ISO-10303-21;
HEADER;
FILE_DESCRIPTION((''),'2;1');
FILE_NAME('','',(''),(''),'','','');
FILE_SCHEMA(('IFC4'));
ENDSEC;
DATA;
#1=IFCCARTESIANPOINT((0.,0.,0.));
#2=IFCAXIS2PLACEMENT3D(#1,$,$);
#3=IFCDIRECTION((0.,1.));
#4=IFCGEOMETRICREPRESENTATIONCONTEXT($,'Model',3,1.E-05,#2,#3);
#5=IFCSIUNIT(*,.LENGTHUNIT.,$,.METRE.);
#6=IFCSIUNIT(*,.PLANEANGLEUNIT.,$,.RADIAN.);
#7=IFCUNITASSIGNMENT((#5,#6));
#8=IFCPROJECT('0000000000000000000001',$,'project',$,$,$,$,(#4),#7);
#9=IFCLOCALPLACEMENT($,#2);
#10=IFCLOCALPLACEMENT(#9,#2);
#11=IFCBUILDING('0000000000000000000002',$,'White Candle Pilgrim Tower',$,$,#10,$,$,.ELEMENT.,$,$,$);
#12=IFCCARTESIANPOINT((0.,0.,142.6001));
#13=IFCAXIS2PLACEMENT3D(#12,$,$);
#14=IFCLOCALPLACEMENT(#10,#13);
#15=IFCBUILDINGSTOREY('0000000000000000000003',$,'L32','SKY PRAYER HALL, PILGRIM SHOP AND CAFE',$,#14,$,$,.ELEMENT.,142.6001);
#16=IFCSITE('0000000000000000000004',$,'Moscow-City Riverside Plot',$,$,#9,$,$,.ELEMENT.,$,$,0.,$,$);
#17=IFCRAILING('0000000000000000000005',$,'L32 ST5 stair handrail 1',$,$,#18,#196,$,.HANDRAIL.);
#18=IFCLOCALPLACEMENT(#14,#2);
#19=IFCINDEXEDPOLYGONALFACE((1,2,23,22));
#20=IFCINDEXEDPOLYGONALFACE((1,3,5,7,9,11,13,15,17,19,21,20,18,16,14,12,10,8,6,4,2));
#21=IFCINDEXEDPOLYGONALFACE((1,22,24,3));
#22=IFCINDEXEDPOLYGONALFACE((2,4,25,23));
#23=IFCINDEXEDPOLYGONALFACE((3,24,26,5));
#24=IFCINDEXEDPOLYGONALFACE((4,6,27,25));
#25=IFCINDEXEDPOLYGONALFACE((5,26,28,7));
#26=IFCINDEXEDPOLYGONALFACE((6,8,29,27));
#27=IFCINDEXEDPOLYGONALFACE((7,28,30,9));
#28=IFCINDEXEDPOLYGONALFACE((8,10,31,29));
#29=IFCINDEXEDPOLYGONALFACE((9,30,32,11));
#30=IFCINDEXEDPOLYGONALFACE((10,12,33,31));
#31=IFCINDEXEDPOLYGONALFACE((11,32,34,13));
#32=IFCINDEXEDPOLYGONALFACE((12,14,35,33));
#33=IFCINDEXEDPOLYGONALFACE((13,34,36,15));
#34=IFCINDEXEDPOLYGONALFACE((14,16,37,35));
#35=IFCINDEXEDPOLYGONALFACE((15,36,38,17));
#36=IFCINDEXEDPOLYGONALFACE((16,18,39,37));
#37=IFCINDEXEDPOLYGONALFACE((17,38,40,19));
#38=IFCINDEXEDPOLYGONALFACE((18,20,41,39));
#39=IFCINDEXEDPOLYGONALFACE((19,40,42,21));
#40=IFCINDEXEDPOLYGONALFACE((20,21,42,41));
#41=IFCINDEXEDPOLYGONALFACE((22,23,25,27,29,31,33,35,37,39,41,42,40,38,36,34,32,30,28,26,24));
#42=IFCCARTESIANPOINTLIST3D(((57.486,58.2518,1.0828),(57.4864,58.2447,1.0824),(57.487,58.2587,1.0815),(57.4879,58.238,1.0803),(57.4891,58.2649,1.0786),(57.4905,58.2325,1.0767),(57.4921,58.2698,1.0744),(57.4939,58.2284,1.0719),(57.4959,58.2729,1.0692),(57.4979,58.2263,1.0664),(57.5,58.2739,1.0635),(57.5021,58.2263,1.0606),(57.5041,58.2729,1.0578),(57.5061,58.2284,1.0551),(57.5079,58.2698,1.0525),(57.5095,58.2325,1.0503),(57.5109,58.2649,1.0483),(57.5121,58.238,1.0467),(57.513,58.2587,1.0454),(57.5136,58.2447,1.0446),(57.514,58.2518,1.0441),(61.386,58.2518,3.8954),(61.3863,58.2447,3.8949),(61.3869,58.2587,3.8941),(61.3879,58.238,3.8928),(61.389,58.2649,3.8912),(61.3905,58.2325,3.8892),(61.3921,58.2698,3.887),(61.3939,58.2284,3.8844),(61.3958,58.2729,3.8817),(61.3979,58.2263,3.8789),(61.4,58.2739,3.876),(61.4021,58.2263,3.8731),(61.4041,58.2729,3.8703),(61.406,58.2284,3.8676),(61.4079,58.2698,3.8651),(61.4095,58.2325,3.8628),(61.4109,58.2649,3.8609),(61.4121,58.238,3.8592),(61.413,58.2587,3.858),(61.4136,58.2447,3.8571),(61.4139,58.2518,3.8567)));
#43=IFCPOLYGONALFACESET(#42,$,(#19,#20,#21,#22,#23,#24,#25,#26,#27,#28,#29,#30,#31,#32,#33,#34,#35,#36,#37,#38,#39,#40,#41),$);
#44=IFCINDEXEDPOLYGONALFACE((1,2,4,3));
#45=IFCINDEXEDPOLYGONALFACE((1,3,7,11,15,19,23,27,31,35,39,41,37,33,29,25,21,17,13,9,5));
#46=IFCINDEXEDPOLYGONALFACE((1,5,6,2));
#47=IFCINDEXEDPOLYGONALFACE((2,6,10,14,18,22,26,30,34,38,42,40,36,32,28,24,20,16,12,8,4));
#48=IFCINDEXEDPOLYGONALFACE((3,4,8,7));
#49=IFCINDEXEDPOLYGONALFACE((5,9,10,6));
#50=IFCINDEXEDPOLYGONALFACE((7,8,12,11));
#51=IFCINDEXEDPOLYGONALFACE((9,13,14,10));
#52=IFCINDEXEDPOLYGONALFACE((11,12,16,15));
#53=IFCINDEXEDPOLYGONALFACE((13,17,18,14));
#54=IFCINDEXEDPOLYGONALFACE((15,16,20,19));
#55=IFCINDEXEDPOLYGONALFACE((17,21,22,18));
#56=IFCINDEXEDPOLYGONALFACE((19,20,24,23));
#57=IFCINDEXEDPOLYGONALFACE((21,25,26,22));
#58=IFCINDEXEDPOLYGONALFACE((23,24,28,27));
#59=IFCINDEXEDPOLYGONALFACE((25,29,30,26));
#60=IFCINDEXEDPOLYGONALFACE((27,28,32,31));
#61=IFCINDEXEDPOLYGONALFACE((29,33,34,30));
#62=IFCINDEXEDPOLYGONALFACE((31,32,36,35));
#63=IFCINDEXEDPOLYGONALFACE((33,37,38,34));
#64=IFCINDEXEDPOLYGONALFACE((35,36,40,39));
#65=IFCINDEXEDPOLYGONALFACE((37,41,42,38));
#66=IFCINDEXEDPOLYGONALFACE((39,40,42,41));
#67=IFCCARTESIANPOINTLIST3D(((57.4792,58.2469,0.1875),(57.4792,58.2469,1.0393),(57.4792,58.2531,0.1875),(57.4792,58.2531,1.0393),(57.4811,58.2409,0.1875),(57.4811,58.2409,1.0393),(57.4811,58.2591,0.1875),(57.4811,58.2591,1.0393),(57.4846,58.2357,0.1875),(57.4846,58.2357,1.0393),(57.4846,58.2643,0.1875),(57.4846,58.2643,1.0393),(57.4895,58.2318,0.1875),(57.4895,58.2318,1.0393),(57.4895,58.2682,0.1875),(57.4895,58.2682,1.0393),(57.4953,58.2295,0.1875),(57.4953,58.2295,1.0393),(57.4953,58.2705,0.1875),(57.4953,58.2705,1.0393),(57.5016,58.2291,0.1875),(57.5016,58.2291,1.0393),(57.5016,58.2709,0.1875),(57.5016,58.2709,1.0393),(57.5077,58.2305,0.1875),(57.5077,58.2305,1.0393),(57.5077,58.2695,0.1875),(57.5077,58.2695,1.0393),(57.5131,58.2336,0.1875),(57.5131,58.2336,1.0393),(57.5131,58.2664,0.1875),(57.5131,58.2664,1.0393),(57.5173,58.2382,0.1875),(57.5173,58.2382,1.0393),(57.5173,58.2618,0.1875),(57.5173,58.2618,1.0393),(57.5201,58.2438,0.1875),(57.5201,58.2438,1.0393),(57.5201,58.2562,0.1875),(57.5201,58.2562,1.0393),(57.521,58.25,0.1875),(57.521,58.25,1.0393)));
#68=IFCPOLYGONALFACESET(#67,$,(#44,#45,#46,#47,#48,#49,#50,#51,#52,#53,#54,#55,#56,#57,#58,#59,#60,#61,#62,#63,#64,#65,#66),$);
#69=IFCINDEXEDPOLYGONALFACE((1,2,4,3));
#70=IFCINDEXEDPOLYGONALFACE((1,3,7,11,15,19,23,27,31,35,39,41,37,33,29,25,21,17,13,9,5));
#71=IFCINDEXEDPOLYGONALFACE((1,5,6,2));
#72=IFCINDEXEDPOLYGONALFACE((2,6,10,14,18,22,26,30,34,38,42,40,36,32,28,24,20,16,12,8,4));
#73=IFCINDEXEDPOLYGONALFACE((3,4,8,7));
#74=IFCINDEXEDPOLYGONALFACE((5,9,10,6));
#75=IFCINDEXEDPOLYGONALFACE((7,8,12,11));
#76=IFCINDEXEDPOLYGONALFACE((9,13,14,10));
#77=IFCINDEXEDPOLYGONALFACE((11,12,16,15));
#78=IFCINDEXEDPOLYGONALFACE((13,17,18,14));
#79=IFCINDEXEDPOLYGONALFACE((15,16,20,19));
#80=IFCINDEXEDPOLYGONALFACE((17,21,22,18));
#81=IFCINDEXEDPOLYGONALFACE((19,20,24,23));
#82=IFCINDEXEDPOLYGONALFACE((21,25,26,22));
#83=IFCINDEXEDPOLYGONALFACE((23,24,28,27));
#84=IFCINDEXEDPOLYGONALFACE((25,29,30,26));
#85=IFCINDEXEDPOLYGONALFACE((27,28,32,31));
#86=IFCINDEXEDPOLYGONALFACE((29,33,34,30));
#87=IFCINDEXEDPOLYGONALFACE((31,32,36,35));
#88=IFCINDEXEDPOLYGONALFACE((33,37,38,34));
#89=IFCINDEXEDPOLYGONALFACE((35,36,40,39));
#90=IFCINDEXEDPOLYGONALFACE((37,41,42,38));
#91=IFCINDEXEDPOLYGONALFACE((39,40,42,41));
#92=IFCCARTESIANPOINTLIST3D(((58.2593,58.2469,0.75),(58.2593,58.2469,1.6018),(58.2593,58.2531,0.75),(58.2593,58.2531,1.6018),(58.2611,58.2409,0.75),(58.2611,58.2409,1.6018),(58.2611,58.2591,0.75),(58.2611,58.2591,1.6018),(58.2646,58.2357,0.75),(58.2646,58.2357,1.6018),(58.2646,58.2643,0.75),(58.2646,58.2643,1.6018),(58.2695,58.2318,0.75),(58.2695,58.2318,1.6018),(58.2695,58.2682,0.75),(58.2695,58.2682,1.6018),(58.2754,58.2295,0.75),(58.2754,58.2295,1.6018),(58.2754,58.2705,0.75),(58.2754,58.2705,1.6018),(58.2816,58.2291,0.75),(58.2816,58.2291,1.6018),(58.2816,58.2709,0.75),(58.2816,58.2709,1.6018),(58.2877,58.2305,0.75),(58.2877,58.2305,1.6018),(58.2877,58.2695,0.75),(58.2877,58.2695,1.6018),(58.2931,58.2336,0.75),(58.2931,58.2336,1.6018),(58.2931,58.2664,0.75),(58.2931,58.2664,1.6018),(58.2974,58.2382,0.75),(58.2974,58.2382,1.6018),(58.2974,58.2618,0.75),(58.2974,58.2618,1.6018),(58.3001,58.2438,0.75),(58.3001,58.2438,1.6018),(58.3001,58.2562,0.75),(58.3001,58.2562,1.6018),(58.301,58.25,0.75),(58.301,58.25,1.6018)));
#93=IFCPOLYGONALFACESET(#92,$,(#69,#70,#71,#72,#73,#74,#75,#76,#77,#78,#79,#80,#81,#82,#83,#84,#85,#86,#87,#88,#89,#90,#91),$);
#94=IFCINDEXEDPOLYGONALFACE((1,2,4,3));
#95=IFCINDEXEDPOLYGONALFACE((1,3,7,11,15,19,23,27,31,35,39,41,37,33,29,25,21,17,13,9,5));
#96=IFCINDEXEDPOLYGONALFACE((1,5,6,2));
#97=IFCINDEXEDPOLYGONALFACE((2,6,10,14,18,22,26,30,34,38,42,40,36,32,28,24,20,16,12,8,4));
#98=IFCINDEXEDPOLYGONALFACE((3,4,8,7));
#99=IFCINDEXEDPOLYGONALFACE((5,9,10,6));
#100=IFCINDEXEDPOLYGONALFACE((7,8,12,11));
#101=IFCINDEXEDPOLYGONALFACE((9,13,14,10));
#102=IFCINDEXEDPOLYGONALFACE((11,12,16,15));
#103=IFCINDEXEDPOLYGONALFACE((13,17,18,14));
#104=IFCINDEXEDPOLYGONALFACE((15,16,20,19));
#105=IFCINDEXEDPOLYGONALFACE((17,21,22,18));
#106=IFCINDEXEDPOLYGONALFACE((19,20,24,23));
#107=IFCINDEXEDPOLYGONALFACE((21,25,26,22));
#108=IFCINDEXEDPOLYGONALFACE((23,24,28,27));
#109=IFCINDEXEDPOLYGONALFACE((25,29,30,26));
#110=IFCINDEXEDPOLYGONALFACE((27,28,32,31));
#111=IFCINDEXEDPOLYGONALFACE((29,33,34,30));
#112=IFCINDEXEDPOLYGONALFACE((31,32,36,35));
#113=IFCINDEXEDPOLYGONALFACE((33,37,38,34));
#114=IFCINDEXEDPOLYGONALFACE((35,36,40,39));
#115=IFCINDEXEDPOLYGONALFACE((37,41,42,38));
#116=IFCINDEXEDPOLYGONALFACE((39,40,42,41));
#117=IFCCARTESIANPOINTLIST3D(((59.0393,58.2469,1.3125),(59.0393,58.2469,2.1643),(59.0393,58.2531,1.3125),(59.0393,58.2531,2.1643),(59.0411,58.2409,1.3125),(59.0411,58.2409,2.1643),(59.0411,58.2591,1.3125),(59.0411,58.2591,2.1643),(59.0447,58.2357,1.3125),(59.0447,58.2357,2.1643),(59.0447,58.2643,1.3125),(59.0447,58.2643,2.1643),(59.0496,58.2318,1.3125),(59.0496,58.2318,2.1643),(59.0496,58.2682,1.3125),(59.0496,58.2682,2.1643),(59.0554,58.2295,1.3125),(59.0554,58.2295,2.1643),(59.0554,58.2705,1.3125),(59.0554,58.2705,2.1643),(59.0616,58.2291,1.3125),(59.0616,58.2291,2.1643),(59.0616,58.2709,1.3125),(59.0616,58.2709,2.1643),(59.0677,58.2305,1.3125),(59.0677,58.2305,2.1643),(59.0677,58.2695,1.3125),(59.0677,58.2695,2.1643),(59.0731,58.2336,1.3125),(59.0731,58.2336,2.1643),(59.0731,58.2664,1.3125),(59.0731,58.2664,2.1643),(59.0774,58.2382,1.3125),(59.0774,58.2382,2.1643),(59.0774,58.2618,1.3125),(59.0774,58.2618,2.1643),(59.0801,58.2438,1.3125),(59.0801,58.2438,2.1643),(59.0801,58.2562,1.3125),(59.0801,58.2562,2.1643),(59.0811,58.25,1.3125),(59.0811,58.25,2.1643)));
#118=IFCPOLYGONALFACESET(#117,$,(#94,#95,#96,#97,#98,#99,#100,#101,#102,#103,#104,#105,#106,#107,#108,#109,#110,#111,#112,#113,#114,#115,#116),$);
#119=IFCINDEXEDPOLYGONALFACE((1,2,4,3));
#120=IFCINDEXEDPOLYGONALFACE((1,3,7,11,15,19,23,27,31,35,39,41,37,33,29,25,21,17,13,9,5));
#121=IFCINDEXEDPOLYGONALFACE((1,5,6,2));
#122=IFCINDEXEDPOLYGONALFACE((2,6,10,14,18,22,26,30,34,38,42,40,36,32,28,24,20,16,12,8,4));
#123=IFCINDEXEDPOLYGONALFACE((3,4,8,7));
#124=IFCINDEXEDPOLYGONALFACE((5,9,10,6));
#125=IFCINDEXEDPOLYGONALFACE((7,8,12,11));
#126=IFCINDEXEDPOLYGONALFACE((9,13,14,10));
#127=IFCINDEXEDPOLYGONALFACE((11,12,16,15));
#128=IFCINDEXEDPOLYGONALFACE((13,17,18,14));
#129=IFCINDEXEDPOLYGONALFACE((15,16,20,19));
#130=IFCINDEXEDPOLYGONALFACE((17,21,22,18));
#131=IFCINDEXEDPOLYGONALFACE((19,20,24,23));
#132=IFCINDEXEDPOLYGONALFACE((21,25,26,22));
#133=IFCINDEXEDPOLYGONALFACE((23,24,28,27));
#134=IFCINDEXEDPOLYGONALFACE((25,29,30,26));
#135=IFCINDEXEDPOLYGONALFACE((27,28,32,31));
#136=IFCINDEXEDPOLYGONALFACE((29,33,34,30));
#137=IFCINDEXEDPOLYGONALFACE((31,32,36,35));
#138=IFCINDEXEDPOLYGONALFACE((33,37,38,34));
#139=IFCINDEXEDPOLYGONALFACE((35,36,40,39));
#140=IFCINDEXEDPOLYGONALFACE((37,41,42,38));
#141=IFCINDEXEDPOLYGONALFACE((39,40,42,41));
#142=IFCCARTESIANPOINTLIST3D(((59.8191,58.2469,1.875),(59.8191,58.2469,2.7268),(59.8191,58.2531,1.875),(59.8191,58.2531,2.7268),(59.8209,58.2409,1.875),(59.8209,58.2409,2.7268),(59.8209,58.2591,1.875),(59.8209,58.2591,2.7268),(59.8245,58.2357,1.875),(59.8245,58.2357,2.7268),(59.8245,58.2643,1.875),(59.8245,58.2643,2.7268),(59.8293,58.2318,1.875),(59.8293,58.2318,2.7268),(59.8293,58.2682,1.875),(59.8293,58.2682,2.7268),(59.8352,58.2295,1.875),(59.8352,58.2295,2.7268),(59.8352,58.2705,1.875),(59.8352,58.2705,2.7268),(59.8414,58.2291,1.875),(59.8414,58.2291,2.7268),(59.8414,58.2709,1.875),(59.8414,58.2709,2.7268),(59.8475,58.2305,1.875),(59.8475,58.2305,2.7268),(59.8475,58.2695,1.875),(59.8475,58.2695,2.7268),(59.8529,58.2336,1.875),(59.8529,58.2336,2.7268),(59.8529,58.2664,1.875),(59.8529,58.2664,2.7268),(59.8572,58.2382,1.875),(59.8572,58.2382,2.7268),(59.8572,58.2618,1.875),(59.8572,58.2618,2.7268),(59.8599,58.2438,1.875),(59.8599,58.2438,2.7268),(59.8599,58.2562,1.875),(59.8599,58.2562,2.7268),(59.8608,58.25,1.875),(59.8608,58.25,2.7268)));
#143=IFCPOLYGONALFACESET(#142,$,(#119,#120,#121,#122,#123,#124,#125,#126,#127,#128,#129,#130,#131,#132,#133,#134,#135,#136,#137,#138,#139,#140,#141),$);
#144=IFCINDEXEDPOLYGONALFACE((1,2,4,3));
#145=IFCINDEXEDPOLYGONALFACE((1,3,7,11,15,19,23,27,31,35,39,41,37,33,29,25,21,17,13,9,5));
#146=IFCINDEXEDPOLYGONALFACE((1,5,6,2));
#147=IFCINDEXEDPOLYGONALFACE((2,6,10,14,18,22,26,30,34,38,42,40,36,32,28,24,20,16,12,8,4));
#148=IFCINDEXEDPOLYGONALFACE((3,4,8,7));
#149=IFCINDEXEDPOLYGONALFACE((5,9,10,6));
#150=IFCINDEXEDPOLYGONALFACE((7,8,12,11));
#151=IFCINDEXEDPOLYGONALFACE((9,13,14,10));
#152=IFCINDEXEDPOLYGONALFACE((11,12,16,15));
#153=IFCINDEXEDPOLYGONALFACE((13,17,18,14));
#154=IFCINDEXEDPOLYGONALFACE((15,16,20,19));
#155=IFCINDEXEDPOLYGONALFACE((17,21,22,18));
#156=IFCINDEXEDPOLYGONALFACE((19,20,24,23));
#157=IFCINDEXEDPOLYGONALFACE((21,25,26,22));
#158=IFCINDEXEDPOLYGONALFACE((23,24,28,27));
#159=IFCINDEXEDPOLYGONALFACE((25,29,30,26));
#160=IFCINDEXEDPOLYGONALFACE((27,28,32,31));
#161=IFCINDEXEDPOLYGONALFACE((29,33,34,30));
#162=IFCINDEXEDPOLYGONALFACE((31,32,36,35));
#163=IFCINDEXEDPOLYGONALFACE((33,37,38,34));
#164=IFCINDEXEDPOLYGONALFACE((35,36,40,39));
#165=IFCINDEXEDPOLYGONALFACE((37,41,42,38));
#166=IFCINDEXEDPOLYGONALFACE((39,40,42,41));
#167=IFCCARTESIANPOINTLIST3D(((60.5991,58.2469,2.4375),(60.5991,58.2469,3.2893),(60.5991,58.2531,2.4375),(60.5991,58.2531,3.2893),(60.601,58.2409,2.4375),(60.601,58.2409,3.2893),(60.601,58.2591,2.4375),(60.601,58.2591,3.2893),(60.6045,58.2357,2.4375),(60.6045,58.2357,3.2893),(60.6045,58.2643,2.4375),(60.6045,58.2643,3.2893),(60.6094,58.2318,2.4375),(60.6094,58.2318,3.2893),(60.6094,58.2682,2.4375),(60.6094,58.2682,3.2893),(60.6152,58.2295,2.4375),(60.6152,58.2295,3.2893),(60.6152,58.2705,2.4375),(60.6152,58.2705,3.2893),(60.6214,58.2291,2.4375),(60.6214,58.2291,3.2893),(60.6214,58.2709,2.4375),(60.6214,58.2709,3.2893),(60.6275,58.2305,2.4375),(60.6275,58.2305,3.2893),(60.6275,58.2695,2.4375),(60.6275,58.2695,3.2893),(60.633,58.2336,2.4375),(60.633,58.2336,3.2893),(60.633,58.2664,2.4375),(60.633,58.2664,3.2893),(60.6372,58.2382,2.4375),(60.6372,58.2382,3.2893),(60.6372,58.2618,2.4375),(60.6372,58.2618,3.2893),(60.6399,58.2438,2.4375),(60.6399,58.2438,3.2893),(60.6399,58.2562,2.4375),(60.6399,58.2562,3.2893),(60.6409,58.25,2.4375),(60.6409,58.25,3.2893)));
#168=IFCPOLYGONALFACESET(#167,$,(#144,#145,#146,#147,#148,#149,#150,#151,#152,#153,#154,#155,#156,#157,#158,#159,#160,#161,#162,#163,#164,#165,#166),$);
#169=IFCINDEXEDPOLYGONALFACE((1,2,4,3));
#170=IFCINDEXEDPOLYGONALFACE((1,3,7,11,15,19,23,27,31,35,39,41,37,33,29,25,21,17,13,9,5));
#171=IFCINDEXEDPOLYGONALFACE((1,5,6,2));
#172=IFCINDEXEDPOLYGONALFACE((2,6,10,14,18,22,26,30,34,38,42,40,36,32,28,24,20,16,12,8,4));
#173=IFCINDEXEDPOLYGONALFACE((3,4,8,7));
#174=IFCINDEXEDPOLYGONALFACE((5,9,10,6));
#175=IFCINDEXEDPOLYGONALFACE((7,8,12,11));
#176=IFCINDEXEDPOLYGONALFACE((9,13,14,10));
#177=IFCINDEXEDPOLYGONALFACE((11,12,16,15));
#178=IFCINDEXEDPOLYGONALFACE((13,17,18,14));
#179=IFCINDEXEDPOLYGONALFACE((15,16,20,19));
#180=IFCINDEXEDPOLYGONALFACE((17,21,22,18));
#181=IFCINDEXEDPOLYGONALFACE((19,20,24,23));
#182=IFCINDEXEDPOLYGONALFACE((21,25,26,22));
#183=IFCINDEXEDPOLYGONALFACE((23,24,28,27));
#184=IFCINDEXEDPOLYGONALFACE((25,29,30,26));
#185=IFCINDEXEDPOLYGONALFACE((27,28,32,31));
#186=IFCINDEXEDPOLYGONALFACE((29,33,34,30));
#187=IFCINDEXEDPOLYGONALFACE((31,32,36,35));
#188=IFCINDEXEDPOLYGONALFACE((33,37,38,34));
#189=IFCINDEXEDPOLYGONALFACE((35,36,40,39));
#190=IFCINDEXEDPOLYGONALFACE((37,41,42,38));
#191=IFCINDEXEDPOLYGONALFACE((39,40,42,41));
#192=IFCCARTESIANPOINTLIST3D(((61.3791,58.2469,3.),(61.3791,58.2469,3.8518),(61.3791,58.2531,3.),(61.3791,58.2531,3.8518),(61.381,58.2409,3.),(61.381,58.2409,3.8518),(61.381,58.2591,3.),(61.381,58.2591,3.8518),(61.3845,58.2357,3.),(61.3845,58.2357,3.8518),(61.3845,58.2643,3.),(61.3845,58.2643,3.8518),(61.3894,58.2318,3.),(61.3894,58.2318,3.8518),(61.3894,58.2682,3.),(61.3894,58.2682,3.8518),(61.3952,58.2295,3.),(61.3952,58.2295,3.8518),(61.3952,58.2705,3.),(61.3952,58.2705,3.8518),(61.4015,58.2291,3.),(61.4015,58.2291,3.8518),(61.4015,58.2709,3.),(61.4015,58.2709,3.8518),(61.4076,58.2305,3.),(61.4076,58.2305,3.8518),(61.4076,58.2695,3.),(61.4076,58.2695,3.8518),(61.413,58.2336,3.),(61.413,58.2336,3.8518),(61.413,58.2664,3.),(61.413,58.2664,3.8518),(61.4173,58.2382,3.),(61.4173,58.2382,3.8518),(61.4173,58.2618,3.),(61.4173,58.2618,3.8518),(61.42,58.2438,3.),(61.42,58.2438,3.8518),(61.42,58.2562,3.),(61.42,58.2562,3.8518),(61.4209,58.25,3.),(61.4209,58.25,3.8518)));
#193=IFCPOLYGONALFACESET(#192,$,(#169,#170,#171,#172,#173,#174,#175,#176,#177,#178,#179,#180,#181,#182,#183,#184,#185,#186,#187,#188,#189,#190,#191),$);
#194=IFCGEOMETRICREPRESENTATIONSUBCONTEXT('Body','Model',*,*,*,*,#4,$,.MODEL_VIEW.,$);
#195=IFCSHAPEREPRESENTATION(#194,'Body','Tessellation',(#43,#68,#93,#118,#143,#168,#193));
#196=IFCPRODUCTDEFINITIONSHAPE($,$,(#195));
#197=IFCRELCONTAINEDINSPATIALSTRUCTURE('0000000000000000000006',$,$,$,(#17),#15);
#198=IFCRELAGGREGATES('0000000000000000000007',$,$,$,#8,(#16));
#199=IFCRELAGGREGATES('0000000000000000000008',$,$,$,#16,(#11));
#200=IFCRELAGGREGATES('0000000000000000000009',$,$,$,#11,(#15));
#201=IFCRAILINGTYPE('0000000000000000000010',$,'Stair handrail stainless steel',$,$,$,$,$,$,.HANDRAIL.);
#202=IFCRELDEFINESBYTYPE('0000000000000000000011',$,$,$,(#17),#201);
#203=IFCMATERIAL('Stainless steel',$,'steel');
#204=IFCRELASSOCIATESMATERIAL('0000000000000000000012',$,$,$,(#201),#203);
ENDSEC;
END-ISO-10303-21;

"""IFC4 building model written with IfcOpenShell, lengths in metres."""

from ifc_helpers import new_model, si_unit, direction, frame, origin, origin_2d, place, context, subcontext, project, spatial, circle, extrude, material, type_object, element, save


model = new_model("IFC4")

# Units and contexts
model_context = context("Model", 3, precision=1e-05, world=origin(), true_north=direction((0.0, 1.0)))
body_context = subcontext(model_context, "Body", "Model", "MODEL_VIEW")
ifc_project = project(units=[si_unit("LENGTHUNIT", "METRE"), si_unit("PLANEANGLEUNIT", "RADIAN")], contexts=[model_context])

# Site, building, storey
site_placement = place(None, origin())
site = spatial("IfcSite", under=ifc_project, at=site_placement, Name="Moscow-City Riverside Plot", CompositionType="ELEMENT", RefElevation=0.0)
building_placement = place(site_placement, origin())
building = spatial("IfcBuilding", under=site, at=building_placement, Name="White Candle Pilgrim Tower", CompositionType="ELEMENT")
storey_placement = place(building_placement, frame((0.0, 0.0, 142.6001)))
storey = spatial("IfcBuildingStorey", under=building, at=storey_placement, Name="L32", Description="SKY PRAYER HALL, PILGRIM SHOP AND CAFE", CompositionType="ELEMENT", Elevation=142.6001)

# Railing
ifc_material_1 = material(Name="Stainless steel", Category="steel")
railing_type_1 = type_object("IfcRailingType", Name="Stair handrail stainless steel", PredefinedType="HANDRAIL", material=ifc_material_1)
railing_1_placement = place(storey_placement, frame((57.5, 58.25, 0.1875)))
element("IfcRailing", 1, at=railing_1_placement, inside=storey, type_object=railing_type_1, Name="L32 ST5 stair handrail 1", PredefinedType="HANDRAIL", context=body_context, shape_type="SweptSolid", body=[
    extrude(circle(Radius=0.0239, at=origin_2d()), frame((0.0, 0.0, 0.876), z_axis=(0.811083, 0.0, 0.584931), x_axis=(0.0, 1.0, 0.0)), (0.0, 0.0, 1.0), 4.8083),
    extrude(circle(Radius=0.021, at=origin_2d()), origin(), (0.0, 0.0, 1.0), 0.8518),
    extrude(circle(Radius=0.021, at=origin_2d()), frame((0.78, 0.0, 0.5625)), (0.0, 0.0, 1.0), 0.8518),
    extrude(circle(Radius=0.021, at=origin_2d()), frame((1.5601, 0.0, 1.125)), (0.0, 0.0, 1.0), 0.8518),
    extrude(circle(Radius=0.021, at=origin_2d()), frame((2.3398, 0.0, 1.6875)), (0.0, 0.0, 1.0), 0.8518),
    extrude(circle(Radius=0.021, at=origin_2d()), frame((3.1199, 0.0, 2.25)), (0.0, 0.0, 1.0), 0.8518),
    extrude(circle(Radius=0.021, at=origin_2d()), frame((3.8999, 0.0, 2.8125)), (0.0, 0.0, 1.0), 0.8518),
])

save(model, "model.ifc")
